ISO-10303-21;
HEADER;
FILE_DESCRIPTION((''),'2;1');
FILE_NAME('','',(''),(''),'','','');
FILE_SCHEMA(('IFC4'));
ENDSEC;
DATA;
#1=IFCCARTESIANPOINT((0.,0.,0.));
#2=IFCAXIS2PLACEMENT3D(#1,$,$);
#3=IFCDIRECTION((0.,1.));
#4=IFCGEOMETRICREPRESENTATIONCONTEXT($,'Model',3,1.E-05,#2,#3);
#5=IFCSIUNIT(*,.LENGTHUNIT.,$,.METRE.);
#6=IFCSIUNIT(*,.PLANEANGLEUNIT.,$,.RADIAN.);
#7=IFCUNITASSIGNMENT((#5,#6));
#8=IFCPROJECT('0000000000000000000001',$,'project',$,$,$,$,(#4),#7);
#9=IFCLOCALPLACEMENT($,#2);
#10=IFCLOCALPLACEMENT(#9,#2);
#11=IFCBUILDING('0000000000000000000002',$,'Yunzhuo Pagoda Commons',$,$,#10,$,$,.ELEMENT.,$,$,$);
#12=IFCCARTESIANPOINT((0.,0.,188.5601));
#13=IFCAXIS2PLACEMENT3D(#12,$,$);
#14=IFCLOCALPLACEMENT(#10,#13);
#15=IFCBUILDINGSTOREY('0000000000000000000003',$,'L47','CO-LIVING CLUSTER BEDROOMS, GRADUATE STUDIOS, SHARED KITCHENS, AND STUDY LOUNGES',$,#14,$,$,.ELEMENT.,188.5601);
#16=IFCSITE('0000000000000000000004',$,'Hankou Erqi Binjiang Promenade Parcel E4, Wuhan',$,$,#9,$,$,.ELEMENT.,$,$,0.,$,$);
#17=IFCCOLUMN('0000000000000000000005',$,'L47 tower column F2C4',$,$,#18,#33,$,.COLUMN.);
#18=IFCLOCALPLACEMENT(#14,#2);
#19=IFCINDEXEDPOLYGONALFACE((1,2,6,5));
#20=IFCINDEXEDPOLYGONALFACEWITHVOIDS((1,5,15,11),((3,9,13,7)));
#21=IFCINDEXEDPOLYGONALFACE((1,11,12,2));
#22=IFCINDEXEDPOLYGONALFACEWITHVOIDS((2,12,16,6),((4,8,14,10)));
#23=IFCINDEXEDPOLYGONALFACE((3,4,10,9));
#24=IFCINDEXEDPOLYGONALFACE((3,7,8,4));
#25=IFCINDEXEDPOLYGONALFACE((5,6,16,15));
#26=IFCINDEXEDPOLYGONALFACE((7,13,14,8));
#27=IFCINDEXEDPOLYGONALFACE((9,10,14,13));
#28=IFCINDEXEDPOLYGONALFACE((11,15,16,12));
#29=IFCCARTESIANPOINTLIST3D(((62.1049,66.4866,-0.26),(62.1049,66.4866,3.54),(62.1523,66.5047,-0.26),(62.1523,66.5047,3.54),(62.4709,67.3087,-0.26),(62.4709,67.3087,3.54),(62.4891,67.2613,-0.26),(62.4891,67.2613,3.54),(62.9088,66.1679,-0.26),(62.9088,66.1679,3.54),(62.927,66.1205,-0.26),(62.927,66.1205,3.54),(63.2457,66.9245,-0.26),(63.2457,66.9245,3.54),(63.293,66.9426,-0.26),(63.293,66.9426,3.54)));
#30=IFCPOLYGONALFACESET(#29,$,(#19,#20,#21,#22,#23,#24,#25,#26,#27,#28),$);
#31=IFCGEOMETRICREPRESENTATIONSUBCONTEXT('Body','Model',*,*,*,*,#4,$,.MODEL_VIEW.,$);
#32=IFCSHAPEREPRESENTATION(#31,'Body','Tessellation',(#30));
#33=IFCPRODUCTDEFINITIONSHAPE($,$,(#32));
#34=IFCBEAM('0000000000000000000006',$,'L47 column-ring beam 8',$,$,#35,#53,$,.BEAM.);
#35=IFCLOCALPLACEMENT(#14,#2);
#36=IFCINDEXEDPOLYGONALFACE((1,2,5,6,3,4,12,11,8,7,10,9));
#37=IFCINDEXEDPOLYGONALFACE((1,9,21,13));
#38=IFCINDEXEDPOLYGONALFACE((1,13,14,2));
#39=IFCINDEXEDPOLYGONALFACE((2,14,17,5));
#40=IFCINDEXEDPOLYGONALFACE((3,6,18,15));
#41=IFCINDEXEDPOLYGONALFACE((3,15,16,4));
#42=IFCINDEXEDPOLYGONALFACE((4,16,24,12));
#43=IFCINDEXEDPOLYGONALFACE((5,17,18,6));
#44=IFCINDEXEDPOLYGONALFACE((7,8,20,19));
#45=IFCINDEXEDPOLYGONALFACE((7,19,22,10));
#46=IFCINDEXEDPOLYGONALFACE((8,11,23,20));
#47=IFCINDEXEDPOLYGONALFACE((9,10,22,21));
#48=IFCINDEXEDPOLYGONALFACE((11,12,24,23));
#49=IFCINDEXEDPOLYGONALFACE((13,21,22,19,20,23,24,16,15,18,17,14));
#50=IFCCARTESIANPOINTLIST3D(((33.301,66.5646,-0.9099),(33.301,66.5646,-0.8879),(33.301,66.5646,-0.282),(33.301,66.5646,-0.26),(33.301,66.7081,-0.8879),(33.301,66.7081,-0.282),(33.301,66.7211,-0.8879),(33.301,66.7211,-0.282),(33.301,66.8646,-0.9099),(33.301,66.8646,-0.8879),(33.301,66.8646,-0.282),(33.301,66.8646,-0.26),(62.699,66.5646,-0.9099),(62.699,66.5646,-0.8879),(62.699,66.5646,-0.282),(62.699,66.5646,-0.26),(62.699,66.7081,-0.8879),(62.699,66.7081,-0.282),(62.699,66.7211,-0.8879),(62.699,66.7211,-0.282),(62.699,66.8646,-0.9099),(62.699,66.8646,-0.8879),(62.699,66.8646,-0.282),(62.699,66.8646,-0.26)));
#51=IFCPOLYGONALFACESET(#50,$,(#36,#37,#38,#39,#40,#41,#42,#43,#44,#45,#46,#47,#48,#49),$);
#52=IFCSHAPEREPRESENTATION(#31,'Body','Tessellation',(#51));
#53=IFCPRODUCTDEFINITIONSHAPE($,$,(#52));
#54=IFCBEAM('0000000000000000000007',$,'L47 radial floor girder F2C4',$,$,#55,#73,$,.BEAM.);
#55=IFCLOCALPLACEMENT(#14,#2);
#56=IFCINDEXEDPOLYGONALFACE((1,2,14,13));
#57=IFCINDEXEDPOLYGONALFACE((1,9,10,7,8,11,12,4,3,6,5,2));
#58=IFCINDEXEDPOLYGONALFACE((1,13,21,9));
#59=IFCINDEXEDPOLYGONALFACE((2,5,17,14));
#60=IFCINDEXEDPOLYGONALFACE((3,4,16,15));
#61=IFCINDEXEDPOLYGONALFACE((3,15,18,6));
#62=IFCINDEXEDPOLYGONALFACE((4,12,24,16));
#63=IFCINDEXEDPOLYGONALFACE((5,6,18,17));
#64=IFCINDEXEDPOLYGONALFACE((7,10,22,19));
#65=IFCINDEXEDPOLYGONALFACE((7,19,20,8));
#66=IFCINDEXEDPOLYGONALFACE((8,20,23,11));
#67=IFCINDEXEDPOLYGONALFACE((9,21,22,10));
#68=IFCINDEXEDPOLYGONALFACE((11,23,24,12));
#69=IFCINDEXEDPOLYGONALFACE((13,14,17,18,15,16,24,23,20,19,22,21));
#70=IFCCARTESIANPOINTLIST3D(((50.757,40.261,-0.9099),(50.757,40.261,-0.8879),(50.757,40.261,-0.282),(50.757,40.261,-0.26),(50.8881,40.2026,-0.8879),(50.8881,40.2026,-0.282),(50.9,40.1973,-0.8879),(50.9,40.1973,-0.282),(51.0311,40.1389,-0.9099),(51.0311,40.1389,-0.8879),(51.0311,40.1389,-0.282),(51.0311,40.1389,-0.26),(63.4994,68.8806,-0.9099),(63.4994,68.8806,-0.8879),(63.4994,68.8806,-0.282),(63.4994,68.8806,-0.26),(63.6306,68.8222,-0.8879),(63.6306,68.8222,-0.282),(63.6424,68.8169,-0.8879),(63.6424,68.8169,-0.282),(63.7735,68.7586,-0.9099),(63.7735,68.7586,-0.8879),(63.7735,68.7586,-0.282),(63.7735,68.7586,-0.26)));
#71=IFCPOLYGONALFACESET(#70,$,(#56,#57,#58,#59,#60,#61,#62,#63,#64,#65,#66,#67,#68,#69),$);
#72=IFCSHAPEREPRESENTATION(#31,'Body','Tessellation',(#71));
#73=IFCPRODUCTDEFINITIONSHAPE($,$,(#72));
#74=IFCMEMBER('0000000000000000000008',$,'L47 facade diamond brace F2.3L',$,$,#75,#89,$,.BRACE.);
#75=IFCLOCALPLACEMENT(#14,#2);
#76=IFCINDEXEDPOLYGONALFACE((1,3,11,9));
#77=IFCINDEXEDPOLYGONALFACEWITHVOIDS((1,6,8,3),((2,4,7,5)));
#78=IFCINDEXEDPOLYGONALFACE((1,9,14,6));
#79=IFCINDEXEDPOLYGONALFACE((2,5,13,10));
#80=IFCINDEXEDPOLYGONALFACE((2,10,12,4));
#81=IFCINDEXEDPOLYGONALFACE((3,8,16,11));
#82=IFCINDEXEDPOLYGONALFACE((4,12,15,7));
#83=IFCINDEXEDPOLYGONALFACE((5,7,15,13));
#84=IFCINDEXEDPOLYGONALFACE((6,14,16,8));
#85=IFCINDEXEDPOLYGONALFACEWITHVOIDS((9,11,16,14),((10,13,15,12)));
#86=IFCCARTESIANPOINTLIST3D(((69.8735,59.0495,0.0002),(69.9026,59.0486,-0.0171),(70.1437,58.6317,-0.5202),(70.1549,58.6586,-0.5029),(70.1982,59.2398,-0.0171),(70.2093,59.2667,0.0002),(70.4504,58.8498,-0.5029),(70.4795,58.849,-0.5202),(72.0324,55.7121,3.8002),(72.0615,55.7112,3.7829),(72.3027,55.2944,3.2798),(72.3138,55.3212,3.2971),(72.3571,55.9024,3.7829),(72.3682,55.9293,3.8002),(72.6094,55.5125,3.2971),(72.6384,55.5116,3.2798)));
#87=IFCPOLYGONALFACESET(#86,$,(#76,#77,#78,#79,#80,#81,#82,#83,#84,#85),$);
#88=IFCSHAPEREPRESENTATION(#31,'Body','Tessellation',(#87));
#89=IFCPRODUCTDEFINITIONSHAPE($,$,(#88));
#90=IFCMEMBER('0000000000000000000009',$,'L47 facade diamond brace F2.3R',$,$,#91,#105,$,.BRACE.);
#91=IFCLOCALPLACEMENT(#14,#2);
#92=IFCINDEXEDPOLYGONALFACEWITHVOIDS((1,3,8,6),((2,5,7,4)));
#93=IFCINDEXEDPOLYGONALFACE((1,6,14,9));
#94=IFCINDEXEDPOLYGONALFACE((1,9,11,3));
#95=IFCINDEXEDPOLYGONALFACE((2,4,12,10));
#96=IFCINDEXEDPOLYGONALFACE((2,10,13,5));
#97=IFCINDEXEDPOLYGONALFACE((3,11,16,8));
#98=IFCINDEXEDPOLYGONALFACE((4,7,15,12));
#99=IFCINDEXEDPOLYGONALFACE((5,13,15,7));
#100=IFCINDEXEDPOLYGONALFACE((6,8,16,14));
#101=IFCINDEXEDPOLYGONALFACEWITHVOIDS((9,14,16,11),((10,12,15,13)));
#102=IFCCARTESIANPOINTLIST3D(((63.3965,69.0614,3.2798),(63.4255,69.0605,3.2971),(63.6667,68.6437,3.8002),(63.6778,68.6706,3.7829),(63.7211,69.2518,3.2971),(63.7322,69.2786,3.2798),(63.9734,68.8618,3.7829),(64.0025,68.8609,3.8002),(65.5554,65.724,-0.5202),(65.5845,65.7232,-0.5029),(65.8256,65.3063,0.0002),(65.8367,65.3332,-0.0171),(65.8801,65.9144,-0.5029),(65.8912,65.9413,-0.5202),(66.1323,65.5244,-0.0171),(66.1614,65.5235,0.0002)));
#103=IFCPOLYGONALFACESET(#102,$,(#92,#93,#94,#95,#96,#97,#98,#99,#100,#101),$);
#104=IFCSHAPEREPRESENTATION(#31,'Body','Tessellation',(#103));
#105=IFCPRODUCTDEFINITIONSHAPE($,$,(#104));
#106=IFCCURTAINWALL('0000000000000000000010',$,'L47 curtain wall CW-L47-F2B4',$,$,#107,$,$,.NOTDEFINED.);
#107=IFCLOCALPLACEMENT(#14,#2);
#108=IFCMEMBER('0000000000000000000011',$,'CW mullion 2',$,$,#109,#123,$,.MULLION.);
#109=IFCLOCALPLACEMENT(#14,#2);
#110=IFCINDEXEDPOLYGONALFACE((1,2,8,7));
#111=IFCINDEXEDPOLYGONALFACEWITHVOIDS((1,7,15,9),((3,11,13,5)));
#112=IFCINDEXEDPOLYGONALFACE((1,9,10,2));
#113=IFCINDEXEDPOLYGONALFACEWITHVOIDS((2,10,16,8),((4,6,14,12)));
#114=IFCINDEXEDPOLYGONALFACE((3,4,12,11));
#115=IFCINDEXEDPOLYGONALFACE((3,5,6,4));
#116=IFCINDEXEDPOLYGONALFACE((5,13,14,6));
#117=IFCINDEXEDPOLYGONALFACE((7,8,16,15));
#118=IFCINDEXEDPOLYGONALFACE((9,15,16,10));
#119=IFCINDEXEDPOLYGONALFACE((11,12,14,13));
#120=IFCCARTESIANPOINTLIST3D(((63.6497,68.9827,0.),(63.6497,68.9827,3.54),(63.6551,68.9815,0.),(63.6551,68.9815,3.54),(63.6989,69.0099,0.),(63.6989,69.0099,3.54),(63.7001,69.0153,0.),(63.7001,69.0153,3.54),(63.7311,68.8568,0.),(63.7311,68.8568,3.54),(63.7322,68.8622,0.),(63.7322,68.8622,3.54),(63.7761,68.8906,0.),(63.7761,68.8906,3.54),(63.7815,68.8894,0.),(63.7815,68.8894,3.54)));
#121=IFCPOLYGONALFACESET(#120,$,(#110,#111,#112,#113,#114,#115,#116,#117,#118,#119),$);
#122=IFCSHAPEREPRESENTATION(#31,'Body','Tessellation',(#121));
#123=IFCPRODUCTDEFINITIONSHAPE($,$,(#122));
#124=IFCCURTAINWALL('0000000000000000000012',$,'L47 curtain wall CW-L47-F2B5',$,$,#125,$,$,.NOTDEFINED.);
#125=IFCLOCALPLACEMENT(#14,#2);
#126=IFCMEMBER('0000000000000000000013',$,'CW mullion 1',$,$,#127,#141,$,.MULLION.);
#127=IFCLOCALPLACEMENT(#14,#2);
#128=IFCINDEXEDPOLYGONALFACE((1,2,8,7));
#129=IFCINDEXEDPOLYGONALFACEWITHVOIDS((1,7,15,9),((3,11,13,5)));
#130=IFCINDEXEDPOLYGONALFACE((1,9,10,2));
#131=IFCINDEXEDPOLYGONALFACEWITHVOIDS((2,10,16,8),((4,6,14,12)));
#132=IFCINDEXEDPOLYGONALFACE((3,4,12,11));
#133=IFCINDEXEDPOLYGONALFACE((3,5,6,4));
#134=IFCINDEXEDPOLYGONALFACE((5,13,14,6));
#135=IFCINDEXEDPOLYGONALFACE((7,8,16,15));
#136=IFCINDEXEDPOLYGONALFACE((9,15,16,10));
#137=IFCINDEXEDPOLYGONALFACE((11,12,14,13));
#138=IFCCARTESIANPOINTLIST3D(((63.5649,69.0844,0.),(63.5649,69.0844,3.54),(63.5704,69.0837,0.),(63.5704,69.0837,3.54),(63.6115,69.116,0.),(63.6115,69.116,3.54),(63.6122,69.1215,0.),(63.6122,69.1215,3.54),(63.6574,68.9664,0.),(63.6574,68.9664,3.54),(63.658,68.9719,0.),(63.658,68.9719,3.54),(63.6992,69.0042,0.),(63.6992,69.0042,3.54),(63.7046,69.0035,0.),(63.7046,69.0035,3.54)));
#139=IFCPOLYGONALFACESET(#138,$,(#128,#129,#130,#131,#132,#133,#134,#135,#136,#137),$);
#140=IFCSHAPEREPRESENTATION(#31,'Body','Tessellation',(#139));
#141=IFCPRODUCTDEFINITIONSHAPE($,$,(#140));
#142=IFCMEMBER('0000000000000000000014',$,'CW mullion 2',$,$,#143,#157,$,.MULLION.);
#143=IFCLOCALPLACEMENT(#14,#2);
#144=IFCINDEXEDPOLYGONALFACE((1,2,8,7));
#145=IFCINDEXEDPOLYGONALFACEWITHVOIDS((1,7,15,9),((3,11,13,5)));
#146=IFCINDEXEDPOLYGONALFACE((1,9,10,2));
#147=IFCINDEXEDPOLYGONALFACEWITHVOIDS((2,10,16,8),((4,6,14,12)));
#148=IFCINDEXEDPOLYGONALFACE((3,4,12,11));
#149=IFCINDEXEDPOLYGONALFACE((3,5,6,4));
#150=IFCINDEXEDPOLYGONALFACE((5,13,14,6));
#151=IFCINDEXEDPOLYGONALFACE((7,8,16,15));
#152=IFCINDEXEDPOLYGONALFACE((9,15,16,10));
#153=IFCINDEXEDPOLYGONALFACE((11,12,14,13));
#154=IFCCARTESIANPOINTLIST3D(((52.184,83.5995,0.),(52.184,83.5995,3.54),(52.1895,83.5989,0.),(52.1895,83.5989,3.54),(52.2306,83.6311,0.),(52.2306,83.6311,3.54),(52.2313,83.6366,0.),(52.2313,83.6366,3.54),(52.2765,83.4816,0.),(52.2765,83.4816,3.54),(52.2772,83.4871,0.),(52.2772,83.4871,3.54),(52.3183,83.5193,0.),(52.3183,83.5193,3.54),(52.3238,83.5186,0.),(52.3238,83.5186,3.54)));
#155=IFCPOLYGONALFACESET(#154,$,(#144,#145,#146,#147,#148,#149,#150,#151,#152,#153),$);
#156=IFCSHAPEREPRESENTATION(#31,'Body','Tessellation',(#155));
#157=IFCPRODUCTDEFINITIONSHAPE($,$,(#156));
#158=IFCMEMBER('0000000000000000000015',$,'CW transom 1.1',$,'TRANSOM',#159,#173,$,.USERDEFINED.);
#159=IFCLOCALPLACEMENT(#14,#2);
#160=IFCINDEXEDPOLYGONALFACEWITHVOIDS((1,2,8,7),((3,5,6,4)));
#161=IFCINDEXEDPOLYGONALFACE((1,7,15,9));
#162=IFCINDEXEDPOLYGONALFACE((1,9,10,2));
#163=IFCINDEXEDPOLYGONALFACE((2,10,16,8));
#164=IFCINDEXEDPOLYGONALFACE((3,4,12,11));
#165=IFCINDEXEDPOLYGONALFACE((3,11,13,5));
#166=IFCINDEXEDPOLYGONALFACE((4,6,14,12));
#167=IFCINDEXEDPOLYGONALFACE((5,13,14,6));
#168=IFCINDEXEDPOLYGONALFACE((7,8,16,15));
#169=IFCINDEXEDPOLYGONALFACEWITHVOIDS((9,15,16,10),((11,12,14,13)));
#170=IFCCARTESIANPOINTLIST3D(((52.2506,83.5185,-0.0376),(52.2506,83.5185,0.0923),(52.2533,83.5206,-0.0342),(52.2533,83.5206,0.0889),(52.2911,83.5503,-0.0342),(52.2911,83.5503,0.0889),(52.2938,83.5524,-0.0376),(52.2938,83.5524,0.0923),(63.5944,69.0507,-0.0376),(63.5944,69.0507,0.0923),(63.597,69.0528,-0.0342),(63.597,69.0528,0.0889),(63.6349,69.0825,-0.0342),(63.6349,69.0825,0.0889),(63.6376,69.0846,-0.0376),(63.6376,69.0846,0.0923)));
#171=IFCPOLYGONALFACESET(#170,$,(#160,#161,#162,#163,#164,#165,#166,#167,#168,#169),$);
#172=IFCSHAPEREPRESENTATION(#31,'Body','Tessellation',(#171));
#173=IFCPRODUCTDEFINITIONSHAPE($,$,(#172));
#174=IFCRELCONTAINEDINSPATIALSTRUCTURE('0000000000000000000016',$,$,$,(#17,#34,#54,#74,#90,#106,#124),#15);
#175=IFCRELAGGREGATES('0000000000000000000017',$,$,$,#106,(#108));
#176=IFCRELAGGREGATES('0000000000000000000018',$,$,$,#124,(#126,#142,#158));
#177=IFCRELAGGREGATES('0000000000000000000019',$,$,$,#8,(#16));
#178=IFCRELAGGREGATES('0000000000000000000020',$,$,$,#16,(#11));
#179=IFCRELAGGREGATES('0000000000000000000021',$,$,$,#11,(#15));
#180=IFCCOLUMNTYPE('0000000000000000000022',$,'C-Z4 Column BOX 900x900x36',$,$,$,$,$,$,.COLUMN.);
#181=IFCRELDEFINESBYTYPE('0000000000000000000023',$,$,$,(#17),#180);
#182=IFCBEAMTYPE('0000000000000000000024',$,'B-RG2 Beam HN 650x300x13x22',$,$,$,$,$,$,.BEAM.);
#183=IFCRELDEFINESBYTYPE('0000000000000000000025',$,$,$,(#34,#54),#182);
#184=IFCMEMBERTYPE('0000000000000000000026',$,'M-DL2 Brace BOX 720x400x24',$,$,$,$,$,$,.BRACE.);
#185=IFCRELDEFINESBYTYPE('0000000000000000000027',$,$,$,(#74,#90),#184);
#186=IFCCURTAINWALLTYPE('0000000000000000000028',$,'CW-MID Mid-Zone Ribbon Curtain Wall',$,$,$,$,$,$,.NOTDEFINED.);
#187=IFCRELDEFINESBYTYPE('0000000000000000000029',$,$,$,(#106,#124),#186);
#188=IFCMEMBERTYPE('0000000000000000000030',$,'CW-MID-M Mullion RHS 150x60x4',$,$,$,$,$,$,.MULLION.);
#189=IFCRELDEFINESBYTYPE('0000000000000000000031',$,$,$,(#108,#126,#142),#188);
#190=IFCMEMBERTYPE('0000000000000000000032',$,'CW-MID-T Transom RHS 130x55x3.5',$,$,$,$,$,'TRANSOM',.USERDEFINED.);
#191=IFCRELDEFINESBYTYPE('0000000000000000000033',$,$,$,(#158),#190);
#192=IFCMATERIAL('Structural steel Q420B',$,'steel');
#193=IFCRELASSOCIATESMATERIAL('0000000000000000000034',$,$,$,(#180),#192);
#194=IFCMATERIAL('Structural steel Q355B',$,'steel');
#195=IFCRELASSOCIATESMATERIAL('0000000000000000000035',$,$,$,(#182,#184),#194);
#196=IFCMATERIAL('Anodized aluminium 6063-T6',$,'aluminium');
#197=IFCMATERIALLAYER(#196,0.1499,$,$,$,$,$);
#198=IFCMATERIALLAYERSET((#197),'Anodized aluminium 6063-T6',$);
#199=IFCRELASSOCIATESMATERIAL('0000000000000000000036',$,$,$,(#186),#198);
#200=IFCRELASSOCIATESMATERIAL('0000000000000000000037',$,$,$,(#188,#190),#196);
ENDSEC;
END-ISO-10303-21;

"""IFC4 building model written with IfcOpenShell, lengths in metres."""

from ifc_helpers import new_model, si_unit, direction, frame, origin, origin_2d, place, context, subcontext, project, spatial, hollow_rectangle, i_section, extrude, source, transform, mapped, material, layer, layer_set, material_profile, profile_set, type_object, element, aggregate, save


model = new_model("IFC4")

# Units and contexts
model_context = context("Model", 3, precision=1e-05, world=origin(), true_north=direction((0.0, 1.0)))
body_context = subcontext(model_context, "Body", "Model", "MODEL_VIEW")
ifc_project = project(units=[si_unit("LENGTHUNIT", "METRE"), si_unit("PLANEANGLEUNIT", "RADIAN")], contexts=[model_context])

# Site, building, storey
site_placement = place(None, origin())
site = spatial("IfcSite", under=ifc_project, at=site_placement, Name="Hankou Erqi Binjiang Promenade Parcel E4, Wuhan", CompositionType="ELEMENT", RefElevation=0.0)
building_placement = place(site_placement, origin())
building = spatial("IfcBuilding", under=site, at=building_placement, Name="Yunzhuo Pagoda Commons", CompositionType="ELEMENT")
storey_placement = place(building_placement, frame((0.0, 0.0, 188.5601)))
storey = spatial("IfcBuildingStorey", under=building, at=storey_placement, Name="L47", Description="CO-LIVING CLUSTER BEDROOMS, GRADUATE STUDIOS, SHARED KITCHENS, AND STUDY LOUNGES", CompositionType="ELEMENT", Elevation=188.5601)

# Column
ifc_material_1 = material(Name="Structural steel Q420B", Category="steel")
ifc_material_profile_1 = material_profile(ifc_material_1, hollow_rectangle(XDim=0.8999, YDim=0.8999, WallThickness=0.0359, at=origin_2d()), Name="Structural steel Q420B")
ifc_profile_set_1 = profile_set([ifc_material_profile_1], Name="Structural steel Q420B")
column_type = type_object("IfcColumnType", Name="C-Z4 Column BOX 900x900x36", PredefinedType="COLUMN", material=ifc_profile_set_1)
shared_shape_1 = source(origin(), body_context, "Body", "SweptSolid", [
    extrude(hollow_rectangle(XDim=0.8999, YDim=0.8999, WallThickness=0.0359, at=origin_2d()), origin(), (0.0, 0.0, 1.0), 3.8),
])
column_placement = place(storey_placement, frame((62.699, 66.7146, -0.26), z_axis=(0.0, 0.0, 1.0), x_axis=(-0.913545, 0.406737, 0.0)))
element("IfcColumn", 1, at=column_placement, inside=storey, type_object=column_type, Name="L47 tower column F2C4", PredefinedType="COLUMN", context=body_context, shape_type="MappedRepresentation", body=[
    mapped(shared_shape_1, transform((0.0, 0.0, 0.0), scale=1.0)),
])

# Beams
ifc_material_2 = material(Name="Structural steel Q355B", Category="steel")
ifc_material_profile_2 = material_profile(ifc_material_2, i_section(OverallWidth=0.3, OverallDepth=0.6499, WebThickness=0.0129, FlangeThickness=0.022, at=origin_2d()), Name="Structural steel Q355B")
ifc_profile_set_2 = profile_set([ifc_material_profile_2], Name="Structural steel Q355B")
beam_type = type_object("IfcBeamType", Name="B-RG2 Beam HN 650x300x13x22", PredefinedType="BEAM", material=ifc_profile_set_2)
shared_shape_2 = source(origin(), body_context, "Body", "SweptSolid", [
    extrude(i_section(OverallWidth=0.3, OverallDepth=0.6499, WebThickness=0.0129, FlangeThickness=0.022, at=origin_2d()), origin(), (0.0, 0.0, 1.0), 29.3979),
])
beam_1_placement = place(storey_placement, frame((62.699, 66.7146, -0.585), z_axis=(-1.0, 0.0, 0.0), x_axis=(0.0, -1.0, 0.0)))
element("IfcBeam", 2, at=beam_1_placement, inside=storey, type_object=beam_type, Name="L47 column-ring beam 8", PredefinedType="BEAM", context=body_context, shape_type="MappedRepresentation", body=[
    mapped(shared_shape_2, transform((0.0, 0.0, 0.0), scale=1.0)),
])
shared_shape_3 = source(origin(), body_context, "Body", "SweptSolid", [
    extrude(i_section(OverallWidth=0.3, OverallDepth=0.6499, WebThickness=0.0129, FlangeThickness=0.022, at=origin_2d()), origin(), (0.0, 0.0, 1.0), 31.3281),
])
beam_2_placement = place(storey_placement, frame((63.6365, 68.8196, -0.585), z_axis=(-0.406741, -0.913544, 0.0), x_axis=(0.913544, -0.406741, 0.0)))
element("IfcBeam", 3, at=beam_2_placement, inside=storey, type_object=beam_type, Name="L47 radial floor girder F2C4", PredefinedType="BEAM", context=body_context, shape_type="MappedRepresentation", body=[
    mapped(shared_shape_3, transform((0.0, 0.0, 0.0), scale=1.0)),
])

# Members
ifc_material_profile_3 = material_profile(ifc_material_2, hollow_rectangle(XDim=0.3999, YDim=0.72, WallThickness=0.0239, at=origin_2d()), Name="Structural steel Q355B")
ifc_profile_set_3 = profile_set([ifc_material_profile_3], Name="Structural steel Q355B")
member_type_1 = type_object("IfcMemberType", Name="M-DL2 Brace BOX 720x400x24", PredefinedType="BRACE", material=ifc_profile_set_3)
shared_shape_4 = source(origin(), body_context, "Body", "SweptSolid", [
    extrude(hollow_rectangle(XDim=0.3999, YDim=0.72, WallThickness=0.0239, at=origin_2d()), origin(), (0.0, 0.0, 1.0), 5.499),
])
for number, where, z_axis, x_axis, name in (
    (4, (70.1765, 58.9492, -0.26), (0.392601, -0.606904, 0.691036), (0.839634, 0.543152, 0.0), "L47 facade diamond brace F2.3L"),
    (5, (65.8584, 65.6238, -0.26), (-0.392601, 0.606904, 0.691036), (-0.839634, -0.543152, 0.0), "L47 facade diamond brace F2.3R"),
):
    element("IfcMember", number, at=place(storey_placement, frame(where, z_axis=z_axis, x_axis=x_axis)), inside=storey, type_object=member_type_1, Name=name, PredefinedType="BRACE", context=body_context, shape_type="MappedRepresentation", body=[
        mapped(shared_shape_4, transform((0.0, 0.0, 0.0), scale=1.0)),
    ])

# Curtain wall, member
ifc_material_3 = material(Name="Anodized aluminium 6063-T6", Category="aluminium")
ifc_layer_1 = layer(ifc_material_3, 0.1499)
ifc_layer_set_1 = layer_set([ifc_layer_1], Name="Anodized aluminium 6063-T6")
curtain_wall_type = type_object("IfcCurtainWallType", Name="CW-MID Mid-Zone Ribbon Curtain Wall", PredefinedType="NOTDEFINED", material=ifc_layer_set_1)
curtain_wall_1_placement = place(storey_placement, origin())
curtain_wall_1 = element("IfcCurtainWall", 6, at=curtain_wall_1_placement, inside=storey, type_object=curtain_wall_type, Name="L47 curtain wall CW-L47-F2B4", PredefinedType="NOTDEFINED")
ifc_material_profile_4 = material_profile(ifc_material_3, hollow_rectangle(XDim=0.0601, YDim=0.1499, WallThickness=0.0039, at=origin_2d()), Name="Anodized aluminium 6063-T6")
ifc_profile_set_4 = profile_set([ifc_material_profile_4], Name="Anodized aluminium 6063-T6")
member_type_2 = type_object("IfcMemberType", Name="CW-MID-M Mullion RHS 150x60x4", PredefinedType="MULLION", material=ifc_profile_set_4)
shared_shape_5 = source(origin(), body_context, "Body", "SweptSolid", [
    extrude(hollow_rectangle(XDim=0.0601, YDim=0.1499, WallThickness=0.0039, at=origin_2d()), origin(), (0.0, 0.0, 1.0), 3.54),
])
member_1_placement = place(storey_placement, frame((63.7156, 68.936, 0.0), z_axis=(0.0, 0.0, 1.0), x_axis=(-0.839627, -0.543164, 0.0)))
member_1 = element("IfcMember", 7, at=member_1_placement, type_object=member_type_2, Name="CW mullion 2", PredefinedType="MULLION", context=body_context, shape_type="MappedRepresentation", body=[
    mapped(shared_shape_5, transform((0.0, 0.0, 0.0), scale=1.0)),
])

# Curtain wall, members
curtain_wall_2_placement = place(storey_placement, origin())
curtain_wall_2 = element("IfcCurtainWall", 8, at=curtain_wall_2_placement, inside=storey, type_object=curtain_wall_type, Name="L47 curtain wall CW-L47-F2B5", PredefinedType="NOTDEFINED")
member_2_placement = place(storey_placement, frame((63.6348, 69.0439, 0.0), z_axis=(0.0, 0.0, 1.0), x_axis=(-0.78695, -0.617016, 0.0)))
member_2 = element("IfcMember", 9, at=member_2_placement, type_object=member_type_2, Name="CW mullion 1", PredefinedType="MULLION", context=body_context, shape_type="MappedRepresentation", body=[
    mapped(shared_shape_5, transform((0.0, 0.0, 0.0), scale=1.0)),
])
member_3_placement = place(storey_placement, frame((52.2539, 83.5591, 0.0), z_axis=(0.0, 0.0, 1.0), x_axis=(-0.78695, -0.617016, 0.0)))
member_3 = element("IfcMember", 10, at=member_3_placement, type_object=member_type_2, Name="CW mullion 2", PredefinedType="MULLION", context=body_context, shape_type="MappedRepresentation", body=[
    mapped(shared_shape_5, transform((0.0, 0.0, 0.0), scale=1.0)),
])
ifc_material_profile_5 = material_profile(ifc_material_3, hollow_rectangle(XDim=0.0549, YDim=0.1299, WallThickness=0.0034, at=origin_2d()), Name="Anodized aluminium 6063-T6")
ifc_profile_set_5 = profile_set([ifc_material_profile_5], Name="Anodized aluminium 6063-T6")
member_type_3 = type_object("IfcMemberType", Name="CW-MID-T Transom RHS 130x55x3.5", ElementType="TRANSOM", PredefinedType="USERDEFINED", material=ifc_profile_set_5)
shared_shape_6 = source(origin(), body_context, "Body", "SweptSolid", [
    extrude(hollow_rectangle(XDim=0.0549, YDim=0.1299, WallThickness=0.0034, at=origin_2d()), origin(), (0.0, 0.0, 1.0), 18.3848),
])
member_4_placement = place(storey_placement, frame((63.616, 69.0676, 0.0273), z_axis=(-0.617021, 0.786946, 0.0), x_axis=(-0.786946, -0.617021, 0.0)))
member_4 = element("IfcMember", 11, at=member_4_placement, type_object=member_type_3, Name="CW transom 1.1", ObjectType="TRANSOM", PredefinedType="USERDEFINED", context=body_context, shape_type="MappedRepresentation", body=[
    mapped(shared_shape_6, transform((0.0, 0.0, 0.0), scale=1.0)),
])

aggregate(curtain_wall_1, [member_1])
aggregate(curtain_wall_2, [member_2, member_3, member_4])

save(model, "model.ifc")
